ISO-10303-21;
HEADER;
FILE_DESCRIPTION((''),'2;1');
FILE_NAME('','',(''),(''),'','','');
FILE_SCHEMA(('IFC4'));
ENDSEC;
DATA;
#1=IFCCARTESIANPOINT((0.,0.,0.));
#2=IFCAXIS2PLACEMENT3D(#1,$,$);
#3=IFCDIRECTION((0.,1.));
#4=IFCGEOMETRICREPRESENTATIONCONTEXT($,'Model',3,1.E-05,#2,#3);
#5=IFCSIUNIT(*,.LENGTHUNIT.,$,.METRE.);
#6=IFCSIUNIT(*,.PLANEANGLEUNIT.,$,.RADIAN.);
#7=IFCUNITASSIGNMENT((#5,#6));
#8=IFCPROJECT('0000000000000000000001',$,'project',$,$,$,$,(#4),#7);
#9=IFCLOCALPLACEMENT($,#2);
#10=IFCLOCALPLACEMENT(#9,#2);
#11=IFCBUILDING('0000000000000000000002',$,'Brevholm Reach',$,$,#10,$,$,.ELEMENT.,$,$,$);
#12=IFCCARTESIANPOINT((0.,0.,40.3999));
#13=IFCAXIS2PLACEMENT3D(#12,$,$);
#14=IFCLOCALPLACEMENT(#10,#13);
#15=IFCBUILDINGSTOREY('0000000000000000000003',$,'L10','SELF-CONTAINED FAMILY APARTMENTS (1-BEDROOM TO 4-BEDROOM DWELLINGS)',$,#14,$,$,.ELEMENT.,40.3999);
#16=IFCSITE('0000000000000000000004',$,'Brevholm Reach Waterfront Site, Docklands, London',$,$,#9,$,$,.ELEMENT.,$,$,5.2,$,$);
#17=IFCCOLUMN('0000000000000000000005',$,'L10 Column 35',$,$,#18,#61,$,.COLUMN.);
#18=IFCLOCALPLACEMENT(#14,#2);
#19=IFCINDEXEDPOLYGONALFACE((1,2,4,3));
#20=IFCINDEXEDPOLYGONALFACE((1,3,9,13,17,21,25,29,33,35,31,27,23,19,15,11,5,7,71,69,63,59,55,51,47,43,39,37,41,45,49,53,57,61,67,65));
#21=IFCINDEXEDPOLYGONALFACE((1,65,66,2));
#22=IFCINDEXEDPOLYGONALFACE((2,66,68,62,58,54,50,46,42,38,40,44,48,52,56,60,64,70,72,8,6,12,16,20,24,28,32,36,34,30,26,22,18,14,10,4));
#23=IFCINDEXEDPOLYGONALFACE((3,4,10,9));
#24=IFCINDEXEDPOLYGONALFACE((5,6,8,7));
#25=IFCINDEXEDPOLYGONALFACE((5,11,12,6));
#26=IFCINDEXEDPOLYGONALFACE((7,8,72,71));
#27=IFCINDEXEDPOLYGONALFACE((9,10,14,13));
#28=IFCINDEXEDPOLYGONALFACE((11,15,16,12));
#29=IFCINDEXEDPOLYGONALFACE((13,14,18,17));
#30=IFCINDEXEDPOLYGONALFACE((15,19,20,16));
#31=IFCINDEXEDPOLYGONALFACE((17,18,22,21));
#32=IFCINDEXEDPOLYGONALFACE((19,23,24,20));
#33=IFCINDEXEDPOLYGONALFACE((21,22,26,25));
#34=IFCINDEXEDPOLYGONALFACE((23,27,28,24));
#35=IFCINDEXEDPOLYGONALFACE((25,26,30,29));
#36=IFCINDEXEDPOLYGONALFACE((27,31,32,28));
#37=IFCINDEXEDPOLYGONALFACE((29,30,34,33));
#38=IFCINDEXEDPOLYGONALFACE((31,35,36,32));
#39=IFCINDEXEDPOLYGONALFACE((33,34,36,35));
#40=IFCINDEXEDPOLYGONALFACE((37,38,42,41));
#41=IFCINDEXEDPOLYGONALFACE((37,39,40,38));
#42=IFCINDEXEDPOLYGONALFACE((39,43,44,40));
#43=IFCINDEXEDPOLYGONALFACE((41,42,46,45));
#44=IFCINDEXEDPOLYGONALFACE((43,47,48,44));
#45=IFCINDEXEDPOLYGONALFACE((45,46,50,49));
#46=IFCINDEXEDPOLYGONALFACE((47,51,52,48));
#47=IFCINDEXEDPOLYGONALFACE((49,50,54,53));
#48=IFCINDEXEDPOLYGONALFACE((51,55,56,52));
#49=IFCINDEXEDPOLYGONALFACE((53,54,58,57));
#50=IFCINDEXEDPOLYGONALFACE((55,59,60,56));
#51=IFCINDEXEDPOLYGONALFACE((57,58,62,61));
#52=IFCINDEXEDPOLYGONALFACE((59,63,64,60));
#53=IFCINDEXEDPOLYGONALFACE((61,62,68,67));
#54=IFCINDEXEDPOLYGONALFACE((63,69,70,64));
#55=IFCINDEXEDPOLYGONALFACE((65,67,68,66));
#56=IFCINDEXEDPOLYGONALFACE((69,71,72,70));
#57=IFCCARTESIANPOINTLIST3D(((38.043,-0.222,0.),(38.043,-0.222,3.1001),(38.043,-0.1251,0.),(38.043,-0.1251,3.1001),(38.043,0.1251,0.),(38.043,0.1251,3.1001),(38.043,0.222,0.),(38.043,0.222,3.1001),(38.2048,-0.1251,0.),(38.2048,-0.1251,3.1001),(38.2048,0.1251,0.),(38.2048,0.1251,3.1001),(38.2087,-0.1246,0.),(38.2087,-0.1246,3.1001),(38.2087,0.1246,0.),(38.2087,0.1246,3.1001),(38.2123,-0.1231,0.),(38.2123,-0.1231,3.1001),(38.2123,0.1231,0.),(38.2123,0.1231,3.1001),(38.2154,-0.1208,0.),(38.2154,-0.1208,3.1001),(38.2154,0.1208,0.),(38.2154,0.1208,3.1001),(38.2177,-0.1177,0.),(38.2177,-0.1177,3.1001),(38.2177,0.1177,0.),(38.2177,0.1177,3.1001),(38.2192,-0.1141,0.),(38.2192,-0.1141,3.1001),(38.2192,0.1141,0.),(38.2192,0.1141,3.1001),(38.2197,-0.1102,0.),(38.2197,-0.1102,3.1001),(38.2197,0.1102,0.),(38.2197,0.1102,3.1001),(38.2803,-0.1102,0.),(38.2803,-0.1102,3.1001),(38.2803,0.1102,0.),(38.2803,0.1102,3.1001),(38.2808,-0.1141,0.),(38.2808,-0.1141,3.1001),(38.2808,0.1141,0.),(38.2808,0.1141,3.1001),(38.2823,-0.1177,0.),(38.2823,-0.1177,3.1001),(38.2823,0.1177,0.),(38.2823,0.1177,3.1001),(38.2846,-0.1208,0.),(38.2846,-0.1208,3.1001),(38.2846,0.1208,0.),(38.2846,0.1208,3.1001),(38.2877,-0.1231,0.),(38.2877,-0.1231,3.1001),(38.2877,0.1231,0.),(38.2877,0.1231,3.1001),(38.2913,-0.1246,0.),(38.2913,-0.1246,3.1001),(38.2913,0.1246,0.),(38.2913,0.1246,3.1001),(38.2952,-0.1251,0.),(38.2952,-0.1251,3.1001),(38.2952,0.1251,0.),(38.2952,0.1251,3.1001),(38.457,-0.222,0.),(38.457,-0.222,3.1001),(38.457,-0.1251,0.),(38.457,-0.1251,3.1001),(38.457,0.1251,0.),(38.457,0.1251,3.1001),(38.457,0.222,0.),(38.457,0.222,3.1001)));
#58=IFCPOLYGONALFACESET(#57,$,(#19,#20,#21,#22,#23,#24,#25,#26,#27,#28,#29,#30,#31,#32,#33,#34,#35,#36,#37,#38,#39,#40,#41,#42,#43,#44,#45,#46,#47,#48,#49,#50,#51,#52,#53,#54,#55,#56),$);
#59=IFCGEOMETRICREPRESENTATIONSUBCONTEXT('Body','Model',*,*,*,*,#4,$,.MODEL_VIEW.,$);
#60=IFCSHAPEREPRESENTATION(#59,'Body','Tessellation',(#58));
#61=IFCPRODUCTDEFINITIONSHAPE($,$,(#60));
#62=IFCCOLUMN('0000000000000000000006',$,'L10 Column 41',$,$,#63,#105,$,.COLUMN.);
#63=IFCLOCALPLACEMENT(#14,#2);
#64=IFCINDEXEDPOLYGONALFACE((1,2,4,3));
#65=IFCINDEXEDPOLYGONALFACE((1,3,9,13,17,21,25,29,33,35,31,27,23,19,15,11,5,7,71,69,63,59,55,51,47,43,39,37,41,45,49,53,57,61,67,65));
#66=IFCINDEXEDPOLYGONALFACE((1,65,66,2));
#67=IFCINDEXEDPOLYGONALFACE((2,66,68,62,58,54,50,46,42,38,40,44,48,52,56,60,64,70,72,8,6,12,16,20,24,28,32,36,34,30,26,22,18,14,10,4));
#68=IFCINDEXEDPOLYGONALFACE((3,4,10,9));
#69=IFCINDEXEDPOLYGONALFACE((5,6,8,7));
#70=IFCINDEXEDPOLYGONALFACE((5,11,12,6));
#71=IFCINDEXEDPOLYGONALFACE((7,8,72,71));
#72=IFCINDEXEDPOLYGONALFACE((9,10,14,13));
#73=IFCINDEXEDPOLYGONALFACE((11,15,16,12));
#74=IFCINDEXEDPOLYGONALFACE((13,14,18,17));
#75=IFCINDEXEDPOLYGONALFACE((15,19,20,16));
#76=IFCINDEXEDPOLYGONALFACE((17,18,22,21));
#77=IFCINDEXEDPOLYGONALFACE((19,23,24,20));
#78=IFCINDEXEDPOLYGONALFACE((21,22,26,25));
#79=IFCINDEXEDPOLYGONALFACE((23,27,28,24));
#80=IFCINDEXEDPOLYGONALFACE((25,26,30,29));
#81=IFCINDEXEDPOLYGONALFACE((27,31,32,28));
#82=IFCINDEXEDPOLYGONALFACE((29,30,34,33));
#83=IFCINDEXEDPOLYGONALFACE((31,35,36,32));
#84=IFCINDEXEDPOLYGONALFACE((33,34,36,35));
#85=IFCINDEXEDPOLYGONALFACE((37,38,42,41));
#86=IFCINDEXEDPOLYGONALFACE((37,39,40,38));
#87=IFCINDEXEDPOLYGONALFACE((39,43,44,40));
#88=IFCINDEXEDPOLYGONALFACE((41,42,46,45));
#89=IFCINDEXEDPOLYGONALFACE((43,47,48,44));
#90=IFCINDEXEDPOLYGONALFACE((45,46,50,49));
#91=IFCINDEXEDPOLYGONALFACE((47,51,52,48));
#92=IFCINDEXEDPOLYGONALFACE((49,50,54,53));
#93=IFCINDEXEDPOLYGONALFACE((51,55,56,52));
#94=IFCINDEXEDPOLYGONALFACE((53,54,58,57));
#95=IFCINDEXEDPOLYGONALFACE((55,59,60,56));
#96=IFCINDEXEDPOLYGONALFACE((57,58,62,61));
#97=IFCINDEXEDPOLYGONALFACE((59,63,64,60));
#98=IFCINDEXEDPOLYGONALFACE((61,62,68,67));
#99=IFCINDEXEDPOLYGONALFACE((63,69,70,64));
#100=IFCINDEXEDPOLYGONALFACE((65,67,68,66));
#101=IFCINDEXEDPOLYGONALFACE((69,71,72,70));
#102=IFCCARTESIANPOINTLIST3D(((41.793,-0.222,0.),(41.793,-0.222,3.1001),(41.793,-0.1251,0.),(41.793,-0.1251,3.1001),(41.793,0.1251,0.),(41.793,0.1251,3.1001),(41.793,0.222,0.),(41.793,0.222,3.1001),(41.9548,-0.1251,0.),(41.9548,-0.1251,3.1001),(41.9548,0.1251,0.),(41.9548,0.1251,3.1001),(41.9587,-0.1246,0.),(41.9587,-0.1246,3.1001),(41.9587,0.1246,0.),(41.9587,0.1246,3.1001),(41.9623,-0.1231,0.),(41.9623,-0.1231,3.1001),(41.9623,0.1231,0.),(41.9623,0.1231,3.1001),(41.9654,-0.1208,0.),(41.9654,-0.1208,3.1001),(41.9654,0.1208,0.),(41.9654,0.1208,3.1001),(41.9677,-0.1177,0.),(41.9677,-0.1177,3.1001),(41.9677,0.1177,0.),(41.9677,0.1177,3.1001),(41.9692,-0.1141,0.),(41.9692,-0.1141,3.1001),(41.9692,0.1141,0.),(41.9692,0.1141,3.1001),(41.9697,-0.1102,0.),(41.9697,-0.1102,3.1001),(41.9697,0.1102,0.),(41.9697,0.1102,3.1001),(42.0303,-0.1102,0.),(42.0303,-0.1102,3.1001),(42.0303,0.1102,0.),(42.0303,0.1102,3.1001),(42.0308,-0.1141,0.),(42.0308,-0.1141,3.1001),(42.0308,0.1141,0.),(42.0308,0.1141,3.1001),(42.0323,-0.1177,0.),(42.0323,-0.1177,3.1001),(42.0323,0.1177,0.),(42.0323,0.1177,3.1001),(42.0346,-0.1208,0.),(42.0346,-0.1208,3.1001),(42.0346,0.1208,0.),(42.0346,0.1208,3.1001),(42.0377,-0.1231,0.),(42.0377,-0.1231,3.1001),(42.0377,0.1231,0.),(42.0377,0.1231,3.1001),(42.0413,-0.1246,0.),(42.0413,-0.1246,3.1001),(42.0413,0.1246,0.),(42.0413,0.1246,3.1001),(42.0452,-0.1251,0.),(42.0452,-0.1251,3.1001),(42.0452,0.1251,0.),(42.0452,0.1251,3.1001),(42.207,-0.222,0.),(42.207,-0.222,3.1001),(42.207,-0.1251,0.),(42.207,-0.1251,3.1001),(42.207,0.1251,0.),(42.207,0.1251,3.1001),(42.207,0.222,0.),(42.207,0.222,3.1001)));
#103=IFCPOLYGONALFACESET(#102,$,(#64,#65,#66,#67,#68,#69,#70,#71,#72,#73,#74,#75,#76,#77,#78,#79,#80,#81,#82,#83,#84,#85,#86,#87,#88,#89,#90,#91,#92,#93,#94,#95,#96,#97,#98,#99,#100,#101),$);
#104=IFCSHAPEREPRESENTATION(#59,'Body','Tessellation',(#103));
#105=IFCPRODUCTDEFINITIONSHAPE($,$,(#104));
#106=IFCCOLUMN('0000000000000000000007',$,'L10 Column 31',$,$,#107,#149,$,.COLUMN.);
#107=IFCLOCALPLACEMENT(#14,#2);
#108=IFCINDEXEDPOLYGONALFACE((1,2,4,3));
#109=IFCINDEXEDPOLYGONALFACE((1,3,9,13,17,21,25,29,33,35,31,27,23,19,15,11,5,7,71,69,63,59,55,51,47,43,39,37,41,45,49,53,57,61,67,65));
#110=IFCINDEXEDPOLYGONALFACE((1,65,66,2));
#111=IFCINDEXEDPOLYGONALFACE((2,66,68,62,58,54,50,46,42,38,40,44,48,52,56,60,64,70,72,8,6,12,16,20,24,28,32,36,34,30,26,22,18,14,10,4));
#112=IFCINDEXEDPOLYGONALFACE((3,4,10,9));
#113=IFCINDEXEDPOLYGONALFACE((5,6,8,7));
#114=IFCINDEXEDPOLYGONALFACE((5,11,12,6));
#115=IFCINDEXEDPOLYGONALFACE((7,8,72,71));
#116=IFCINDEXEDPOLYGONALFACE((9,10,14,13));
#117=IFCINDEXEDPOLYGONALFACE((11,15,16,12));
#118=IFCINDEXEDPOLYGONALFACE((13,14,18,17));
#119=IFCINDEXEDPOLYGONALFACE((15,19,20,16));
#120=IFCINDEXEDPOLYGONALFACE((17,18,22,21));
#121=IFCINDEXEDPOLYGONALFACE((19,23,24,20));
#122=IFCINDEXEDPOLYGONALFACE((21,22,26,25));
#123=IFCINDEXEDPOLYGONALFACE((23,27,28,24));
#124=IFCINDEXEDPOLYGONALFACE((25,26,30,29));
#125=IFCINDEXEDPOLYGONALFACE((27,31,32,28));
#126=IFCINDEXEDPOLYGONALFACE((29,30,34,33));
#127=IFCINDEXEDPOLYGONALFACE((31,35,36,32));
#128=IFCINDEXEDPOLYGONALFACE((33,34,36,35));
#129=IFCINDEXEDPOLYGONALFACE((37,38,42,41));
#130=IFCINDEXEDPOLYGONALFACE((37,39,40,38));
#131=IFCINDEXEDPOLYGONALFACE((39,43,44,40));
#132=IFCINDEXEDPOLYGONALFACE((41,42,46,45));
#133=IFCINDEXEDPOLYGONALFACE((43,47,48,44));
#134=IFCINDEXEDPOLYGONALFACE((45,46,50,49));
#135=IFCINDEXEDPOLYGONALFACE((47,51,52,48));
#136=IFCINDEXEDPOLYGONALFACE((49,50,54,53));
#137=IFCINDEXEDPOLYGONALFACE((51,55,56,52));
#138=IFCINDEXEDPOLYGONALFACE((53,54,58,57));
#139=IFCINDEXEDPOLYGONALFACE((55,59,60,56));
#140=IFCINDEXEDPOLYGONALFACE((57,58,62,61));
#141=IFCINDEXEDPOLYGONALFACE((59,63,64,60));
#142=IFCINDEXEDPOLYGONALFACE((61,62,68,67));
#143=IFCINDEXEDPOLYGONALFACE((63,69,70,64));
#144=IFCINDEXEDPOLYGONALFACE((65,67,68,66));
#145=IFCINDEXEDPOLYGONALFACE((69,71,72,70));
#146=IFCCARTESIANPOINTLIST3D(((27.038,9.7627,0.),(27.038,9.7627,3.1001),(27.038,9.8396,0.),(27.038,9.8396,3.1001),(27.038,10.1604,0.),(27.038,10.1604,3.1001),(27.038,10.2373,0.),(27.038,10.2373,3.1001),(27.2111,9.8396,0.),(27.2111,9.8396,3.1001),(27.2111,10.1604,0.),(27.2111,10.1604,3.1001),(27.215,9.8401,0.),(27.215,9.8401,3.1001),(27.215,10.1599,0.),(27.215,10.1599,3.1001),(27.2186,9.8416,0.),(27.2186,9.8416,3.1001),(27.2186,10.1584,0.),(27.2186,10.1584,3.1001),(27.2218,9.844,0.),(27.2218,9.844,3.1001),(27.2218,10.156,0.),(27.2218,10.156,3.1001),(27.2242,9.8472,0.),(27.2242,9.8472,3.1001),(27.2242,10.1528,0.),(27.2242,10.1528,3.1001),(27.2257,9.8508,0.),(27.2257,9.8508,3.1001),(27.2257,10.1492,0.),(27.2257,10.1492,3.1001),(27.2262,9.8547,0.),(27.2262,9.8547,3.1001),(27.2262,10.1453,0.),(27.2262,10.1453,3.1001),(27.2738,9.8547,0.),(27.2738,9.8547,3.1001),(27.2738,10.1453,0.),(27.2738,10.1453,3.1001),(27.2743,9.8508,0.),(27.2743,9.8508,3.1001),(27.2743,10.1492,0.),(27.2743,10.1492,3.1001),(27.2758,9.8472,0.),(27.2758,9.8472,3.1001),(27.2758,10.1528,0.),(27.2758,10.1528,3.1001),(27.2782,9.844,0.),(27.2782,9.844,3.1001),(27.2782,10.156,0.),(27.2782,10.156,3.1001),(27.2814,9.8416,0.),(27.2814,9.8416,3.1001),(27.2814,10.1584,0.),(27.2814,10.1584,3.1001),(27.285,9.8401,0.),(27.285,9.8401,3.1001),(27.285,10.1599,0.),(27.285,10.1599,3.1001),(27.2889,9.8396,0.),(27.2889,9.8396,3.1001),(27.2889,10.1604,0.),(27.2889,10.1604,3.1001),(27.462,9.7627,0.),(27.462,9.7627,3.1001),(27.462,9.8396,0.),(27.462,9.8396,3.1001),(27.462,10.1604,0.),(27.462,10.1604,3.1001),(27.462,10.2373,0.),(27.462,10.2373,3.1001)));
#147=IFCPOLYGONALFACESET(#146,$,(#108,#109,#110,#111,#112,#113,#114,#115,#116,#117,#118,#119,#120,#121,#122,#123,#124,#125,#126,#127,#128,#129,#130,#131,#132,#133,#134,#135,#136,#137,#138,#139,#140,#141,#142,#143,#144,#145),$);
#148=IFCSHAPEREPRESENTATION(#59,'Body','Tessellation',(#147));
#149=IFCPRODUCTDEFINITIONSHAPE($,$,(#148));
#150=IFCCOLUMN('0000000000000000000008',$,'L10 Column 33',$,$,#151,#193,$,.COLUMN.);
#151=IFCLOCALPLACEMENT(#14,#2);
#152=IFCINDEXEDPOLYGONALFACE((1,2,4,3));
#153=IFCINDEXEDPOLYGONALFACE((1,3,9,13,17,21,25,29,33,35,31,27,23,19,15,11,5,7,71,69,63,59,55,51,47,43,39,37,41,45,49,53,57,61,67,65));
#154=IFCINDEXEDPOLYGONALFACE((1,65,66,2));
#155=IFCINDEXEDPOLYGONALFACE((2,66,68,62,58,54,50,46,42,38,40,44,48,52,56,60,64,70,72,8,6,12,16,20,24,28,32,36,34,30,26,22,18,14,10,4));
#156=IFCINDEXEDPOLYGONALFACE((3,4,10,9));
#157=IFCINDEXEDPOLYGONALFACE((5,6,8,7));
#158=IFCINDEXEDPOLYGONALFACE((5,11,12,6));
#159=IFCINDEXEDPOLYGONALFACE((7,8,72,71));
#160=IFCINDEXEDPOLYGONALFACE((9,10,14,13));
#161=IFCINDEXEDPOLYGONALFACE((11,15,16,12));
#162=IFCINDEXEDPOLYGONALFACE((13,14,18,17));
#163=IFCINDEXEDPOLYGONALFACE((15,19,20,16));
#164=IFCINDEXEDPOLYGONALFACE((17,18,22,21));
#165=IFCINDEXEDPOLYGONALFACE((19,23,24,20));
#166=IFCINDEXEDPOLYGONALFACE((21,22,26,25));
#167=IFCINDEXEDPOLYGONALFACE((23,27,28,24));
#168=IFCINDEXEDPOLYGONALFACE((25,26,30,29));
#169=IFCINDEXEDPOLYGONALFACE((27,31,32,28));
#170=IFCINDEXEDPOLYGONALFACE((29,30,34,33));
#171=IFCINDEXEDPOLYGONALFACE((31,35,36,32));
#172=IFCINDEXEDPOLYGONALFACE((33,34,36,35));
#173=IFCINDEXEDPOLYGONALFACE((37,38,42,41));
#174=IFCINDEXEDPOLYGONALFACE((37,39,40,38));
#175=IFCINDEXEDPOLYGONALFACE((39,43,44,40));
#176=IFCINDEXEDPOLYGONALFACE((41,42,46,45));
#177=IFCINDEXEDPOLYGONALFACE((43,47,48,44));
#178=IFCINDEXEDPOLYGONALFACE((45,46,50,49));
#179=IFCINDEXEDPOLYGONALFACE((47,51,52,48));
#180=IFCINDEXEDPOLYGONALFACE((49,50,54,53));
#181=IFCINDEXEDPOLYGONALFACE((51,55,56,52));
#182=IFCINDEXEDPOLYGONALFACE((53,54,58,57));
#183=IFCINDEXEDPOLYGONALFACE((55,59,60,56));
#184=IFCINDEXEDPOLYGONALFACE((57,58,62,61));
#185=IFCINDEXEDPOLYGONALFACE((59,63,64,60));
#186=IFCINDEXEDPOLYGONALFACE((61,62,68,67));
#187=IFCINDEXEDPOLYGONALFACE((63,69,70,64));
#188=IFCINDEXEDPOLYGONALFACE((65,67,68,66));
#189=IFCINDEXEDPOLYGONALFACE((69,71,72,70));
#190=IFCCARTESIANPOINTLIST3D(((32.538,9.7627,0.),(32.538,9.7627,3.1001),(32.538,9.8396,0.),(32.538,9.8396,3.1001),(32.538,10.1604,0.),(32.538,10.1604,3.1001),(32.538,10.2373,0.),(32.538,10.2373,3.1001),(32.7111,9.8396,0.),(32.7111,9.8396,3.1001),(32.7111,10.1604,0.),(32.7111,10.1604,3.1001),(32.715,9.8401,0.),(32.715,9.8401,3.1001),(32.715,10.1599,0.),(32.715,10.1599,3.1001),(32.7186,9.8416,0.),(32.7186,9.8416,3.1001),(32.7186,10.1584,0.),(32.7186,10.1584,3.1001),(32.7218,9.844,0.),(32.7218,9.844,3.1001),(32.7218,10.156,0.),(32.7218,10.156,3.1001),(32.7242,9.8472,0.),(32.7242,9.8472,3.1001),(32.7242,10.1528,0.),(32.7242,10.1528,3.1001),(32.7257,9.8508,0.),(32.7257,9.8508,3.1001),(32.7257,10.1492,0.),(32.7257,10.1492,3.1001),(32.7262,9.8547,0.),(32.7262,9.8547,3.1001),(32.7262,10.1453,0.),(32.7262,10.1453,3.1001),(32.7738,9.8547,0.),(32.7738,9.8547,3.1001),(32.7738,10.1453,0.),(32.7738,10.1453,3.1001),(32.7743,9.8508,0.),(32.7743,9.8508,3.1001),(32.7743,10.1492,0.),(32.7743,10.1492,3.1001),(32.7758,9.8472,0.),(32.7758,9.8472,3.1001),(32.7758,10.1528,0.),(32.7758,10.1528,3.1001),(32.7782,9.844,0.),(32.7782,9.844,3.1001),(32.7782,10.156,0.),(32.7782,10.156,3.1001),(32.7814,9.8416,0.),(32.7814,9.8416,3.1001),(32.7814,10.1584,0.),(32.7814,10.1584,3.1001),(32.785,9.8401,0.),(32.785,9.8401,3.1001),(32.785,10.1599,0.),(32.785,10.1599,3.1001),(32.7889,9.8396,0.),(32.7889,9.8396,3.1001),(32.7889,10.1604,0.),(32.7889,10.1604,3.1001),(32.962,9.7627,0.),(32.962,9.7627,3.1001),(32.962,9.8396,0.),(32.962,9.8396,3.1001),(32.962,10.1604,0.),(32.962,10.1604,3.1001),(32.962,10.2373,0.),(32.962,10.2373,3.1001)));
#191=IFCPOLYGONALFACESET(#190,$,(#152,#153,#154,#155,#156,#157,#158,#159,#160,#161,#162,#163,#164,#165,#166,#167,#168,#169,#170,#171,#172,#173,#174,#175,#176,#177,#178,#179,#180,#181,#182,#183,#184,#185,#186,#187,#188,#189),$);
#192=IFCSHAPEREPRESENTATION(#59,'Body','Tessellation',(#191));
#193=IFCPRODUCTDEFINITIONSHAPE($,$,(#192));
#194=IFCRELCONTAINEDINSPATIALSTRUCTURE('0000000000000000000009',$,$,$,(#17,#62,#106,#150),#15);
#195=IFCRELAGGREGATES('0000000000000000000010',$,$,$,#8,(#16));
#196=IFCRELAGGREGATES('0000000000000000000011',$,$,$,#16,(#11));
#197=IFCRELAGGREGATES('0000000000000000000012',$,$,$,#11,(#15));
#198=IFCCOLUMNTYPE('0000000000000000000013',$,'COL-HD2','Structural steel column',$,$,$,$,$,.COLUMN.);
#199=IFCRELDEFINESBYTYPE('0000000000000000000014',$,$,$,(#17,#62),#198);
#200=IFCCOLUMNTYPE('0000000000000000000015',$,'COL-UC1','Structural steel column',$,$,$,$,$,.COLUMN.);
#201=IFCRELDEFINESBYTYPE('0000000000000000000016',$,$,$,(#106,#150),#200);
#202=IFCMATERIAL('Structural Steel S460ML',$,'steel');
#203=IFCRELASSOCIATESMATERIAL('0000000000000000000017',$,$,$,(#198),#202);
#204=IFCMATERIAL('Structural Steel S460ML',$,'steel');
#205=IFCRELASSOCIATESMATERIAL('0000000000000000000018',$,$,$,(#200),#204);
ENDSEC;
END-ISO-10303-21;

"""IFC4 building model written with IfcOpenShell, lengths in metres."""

from ifc_helpers import new_model, si_unit, direction, frame, origin, origin_2d, place, context, subcontext, project, spatial, i_section, extrude, material, material_profile, profile_set, type_object, element, save


model = new_model("IFC4")

# Units and contexts
model_context = context("Model", 3, precision=1e-05, world=origin(), true_north=direction((0.0, 1.0)))
body_context = subcontext(model_context, "Body", "Model", "MODEL_VIEW")
ifc_project = project(units=[si_unit("LENGTHUNIT", "METRE"), si_unit("PLANEANGLEUNIT", "RADIAN")], contexts=[model_context])

# Site, building, storey
site_placement = place(None, origin())
site = spatial("IfcSite", under=ifc_project, at=site_placement, Name="Brevholm Reach Waterfront Site, Docklands, London", CompositionType="ELEMENT", RefElevation=5.2)
building_placement = place(site_placement, origin())
building = spatial("IfcBuilding", under=site, at=building_placement, Name="Brevholm Reach", CompositionType="ELEMENT")
storey_placement = place(building_placement, frame((0.0, 0.0, 40.3999)))
storey = spatial("IfcBuildingStorey", under=building, at=storey_placement, Name="L10", Description="SELF-CONTAINED FAMILY APARTMENTS (1-BEDROOM TO 4-BEDROOM DWELLINGS)", CompositionType="ELEMENT", Elevation=40.3999)

# Columns
ifc_material_1 = material(Name="Structural Steel S460ML", Category="steel")
ifc_material_profile_1 = material_profile(ifc_material_1, i_section(OverallWidth=0.4141, OverallDepth=0.4441, WebThickness=0.0605, FlangeThickness=0.0969, FilletRadius=0.0149, at=origin_2d()), Name="HD 400x818")
ifc_profile_set_1 = profile_set([ifc_material_profile_1], Name="Structural Steel S460ML")
column_type_1 = type_object("IfcColumnType", Name="COL-HD2", Description="Structural steel column", PredefinedType="COLUMN", material=ifc_profile_set_1)
for number, where, z_axis, x_axis, name in (
    (1, (38.25, 0.0, 0.0), (0.0, 0.0, 1.0), (1.0, 0.0, 0.0), "L10 Column 35"),
    (2, (42.0, 0.0, 0.0), (0.0, 0.0, 1.0), (1.0, 0.0, 0.0), "L10 Column 41"),
):
    element("IfcColumn", number, at=place(storey_placement, frame(where, z_axis=z_axis, x_axis=x_axis)), inside=storey, type_object=column_type_1, Name=name, PredefinedType="COLUMN", context=body_context, shape_type="SweptSolid", body=[
        extrude(i_section(OverallWidth=0.4141, OverallDepth=0.4441, WebThickness=0.0605, FlangeThickness=0.0969, FilletRadius=0.0149, at=origin_2d()), origin(), (0.0, 0.0, 1.0), 3.1001),
    ])
ifc_material_2 = material(Name="Structural Steel S460ML", Category="steel")
ifc_material_profile_2 = material_profile(ifc_material_2, i_section(OverallWidth=0.4241, OverallDepth=0.4746, WebThickness=0.0476, FlangeThickness=0.0769, FilletRadius=0.0151, at=origin_2d()), Name="UKC 356x406x634")
ifc_profile_set_2 = profile_set([ifc_material_profile_2], Name="Structural Steel S460ML")
column_type_2 = type_object("IfcColumnType", Name="COL-UC1", Description="Structural steel column", PredefinedType="COLUMN", material=ifc_profile_set_2)
for number, where, z_axis, x_axis, name in (
    (3, (27.25, 10.0, 0.0), (0.0, 0.0, 1.0), (1.0, 0.0, 0.0), "L10 Column 31"),
    (4, (32.75, 10.0, 0.0), (0.0, 0.0, 1.0), (1.0, 0.0, 0.0), "L10 Column 33"),
):
    element("IfcColumn", number, at=place(storey_placement, frame(where, z_axis=z_axis, x_axis=x_axis)), inside=storey, type_object=column_type_2, Name=name, PredefinedType="COLUMN", context=body_context, shape_type="SweptSolid", body=[
        extrude(i_section(OverallWidth=0.4241, OverallDepth=0.4746, WebThickness=0.0476, FlangeThickness=0.0769, FilletRadius=0.0151, at=origin_2d()), origin(), (0.0, 0.0, 1.0), 3.1001),
    ])

save(model, "model.ifc")
